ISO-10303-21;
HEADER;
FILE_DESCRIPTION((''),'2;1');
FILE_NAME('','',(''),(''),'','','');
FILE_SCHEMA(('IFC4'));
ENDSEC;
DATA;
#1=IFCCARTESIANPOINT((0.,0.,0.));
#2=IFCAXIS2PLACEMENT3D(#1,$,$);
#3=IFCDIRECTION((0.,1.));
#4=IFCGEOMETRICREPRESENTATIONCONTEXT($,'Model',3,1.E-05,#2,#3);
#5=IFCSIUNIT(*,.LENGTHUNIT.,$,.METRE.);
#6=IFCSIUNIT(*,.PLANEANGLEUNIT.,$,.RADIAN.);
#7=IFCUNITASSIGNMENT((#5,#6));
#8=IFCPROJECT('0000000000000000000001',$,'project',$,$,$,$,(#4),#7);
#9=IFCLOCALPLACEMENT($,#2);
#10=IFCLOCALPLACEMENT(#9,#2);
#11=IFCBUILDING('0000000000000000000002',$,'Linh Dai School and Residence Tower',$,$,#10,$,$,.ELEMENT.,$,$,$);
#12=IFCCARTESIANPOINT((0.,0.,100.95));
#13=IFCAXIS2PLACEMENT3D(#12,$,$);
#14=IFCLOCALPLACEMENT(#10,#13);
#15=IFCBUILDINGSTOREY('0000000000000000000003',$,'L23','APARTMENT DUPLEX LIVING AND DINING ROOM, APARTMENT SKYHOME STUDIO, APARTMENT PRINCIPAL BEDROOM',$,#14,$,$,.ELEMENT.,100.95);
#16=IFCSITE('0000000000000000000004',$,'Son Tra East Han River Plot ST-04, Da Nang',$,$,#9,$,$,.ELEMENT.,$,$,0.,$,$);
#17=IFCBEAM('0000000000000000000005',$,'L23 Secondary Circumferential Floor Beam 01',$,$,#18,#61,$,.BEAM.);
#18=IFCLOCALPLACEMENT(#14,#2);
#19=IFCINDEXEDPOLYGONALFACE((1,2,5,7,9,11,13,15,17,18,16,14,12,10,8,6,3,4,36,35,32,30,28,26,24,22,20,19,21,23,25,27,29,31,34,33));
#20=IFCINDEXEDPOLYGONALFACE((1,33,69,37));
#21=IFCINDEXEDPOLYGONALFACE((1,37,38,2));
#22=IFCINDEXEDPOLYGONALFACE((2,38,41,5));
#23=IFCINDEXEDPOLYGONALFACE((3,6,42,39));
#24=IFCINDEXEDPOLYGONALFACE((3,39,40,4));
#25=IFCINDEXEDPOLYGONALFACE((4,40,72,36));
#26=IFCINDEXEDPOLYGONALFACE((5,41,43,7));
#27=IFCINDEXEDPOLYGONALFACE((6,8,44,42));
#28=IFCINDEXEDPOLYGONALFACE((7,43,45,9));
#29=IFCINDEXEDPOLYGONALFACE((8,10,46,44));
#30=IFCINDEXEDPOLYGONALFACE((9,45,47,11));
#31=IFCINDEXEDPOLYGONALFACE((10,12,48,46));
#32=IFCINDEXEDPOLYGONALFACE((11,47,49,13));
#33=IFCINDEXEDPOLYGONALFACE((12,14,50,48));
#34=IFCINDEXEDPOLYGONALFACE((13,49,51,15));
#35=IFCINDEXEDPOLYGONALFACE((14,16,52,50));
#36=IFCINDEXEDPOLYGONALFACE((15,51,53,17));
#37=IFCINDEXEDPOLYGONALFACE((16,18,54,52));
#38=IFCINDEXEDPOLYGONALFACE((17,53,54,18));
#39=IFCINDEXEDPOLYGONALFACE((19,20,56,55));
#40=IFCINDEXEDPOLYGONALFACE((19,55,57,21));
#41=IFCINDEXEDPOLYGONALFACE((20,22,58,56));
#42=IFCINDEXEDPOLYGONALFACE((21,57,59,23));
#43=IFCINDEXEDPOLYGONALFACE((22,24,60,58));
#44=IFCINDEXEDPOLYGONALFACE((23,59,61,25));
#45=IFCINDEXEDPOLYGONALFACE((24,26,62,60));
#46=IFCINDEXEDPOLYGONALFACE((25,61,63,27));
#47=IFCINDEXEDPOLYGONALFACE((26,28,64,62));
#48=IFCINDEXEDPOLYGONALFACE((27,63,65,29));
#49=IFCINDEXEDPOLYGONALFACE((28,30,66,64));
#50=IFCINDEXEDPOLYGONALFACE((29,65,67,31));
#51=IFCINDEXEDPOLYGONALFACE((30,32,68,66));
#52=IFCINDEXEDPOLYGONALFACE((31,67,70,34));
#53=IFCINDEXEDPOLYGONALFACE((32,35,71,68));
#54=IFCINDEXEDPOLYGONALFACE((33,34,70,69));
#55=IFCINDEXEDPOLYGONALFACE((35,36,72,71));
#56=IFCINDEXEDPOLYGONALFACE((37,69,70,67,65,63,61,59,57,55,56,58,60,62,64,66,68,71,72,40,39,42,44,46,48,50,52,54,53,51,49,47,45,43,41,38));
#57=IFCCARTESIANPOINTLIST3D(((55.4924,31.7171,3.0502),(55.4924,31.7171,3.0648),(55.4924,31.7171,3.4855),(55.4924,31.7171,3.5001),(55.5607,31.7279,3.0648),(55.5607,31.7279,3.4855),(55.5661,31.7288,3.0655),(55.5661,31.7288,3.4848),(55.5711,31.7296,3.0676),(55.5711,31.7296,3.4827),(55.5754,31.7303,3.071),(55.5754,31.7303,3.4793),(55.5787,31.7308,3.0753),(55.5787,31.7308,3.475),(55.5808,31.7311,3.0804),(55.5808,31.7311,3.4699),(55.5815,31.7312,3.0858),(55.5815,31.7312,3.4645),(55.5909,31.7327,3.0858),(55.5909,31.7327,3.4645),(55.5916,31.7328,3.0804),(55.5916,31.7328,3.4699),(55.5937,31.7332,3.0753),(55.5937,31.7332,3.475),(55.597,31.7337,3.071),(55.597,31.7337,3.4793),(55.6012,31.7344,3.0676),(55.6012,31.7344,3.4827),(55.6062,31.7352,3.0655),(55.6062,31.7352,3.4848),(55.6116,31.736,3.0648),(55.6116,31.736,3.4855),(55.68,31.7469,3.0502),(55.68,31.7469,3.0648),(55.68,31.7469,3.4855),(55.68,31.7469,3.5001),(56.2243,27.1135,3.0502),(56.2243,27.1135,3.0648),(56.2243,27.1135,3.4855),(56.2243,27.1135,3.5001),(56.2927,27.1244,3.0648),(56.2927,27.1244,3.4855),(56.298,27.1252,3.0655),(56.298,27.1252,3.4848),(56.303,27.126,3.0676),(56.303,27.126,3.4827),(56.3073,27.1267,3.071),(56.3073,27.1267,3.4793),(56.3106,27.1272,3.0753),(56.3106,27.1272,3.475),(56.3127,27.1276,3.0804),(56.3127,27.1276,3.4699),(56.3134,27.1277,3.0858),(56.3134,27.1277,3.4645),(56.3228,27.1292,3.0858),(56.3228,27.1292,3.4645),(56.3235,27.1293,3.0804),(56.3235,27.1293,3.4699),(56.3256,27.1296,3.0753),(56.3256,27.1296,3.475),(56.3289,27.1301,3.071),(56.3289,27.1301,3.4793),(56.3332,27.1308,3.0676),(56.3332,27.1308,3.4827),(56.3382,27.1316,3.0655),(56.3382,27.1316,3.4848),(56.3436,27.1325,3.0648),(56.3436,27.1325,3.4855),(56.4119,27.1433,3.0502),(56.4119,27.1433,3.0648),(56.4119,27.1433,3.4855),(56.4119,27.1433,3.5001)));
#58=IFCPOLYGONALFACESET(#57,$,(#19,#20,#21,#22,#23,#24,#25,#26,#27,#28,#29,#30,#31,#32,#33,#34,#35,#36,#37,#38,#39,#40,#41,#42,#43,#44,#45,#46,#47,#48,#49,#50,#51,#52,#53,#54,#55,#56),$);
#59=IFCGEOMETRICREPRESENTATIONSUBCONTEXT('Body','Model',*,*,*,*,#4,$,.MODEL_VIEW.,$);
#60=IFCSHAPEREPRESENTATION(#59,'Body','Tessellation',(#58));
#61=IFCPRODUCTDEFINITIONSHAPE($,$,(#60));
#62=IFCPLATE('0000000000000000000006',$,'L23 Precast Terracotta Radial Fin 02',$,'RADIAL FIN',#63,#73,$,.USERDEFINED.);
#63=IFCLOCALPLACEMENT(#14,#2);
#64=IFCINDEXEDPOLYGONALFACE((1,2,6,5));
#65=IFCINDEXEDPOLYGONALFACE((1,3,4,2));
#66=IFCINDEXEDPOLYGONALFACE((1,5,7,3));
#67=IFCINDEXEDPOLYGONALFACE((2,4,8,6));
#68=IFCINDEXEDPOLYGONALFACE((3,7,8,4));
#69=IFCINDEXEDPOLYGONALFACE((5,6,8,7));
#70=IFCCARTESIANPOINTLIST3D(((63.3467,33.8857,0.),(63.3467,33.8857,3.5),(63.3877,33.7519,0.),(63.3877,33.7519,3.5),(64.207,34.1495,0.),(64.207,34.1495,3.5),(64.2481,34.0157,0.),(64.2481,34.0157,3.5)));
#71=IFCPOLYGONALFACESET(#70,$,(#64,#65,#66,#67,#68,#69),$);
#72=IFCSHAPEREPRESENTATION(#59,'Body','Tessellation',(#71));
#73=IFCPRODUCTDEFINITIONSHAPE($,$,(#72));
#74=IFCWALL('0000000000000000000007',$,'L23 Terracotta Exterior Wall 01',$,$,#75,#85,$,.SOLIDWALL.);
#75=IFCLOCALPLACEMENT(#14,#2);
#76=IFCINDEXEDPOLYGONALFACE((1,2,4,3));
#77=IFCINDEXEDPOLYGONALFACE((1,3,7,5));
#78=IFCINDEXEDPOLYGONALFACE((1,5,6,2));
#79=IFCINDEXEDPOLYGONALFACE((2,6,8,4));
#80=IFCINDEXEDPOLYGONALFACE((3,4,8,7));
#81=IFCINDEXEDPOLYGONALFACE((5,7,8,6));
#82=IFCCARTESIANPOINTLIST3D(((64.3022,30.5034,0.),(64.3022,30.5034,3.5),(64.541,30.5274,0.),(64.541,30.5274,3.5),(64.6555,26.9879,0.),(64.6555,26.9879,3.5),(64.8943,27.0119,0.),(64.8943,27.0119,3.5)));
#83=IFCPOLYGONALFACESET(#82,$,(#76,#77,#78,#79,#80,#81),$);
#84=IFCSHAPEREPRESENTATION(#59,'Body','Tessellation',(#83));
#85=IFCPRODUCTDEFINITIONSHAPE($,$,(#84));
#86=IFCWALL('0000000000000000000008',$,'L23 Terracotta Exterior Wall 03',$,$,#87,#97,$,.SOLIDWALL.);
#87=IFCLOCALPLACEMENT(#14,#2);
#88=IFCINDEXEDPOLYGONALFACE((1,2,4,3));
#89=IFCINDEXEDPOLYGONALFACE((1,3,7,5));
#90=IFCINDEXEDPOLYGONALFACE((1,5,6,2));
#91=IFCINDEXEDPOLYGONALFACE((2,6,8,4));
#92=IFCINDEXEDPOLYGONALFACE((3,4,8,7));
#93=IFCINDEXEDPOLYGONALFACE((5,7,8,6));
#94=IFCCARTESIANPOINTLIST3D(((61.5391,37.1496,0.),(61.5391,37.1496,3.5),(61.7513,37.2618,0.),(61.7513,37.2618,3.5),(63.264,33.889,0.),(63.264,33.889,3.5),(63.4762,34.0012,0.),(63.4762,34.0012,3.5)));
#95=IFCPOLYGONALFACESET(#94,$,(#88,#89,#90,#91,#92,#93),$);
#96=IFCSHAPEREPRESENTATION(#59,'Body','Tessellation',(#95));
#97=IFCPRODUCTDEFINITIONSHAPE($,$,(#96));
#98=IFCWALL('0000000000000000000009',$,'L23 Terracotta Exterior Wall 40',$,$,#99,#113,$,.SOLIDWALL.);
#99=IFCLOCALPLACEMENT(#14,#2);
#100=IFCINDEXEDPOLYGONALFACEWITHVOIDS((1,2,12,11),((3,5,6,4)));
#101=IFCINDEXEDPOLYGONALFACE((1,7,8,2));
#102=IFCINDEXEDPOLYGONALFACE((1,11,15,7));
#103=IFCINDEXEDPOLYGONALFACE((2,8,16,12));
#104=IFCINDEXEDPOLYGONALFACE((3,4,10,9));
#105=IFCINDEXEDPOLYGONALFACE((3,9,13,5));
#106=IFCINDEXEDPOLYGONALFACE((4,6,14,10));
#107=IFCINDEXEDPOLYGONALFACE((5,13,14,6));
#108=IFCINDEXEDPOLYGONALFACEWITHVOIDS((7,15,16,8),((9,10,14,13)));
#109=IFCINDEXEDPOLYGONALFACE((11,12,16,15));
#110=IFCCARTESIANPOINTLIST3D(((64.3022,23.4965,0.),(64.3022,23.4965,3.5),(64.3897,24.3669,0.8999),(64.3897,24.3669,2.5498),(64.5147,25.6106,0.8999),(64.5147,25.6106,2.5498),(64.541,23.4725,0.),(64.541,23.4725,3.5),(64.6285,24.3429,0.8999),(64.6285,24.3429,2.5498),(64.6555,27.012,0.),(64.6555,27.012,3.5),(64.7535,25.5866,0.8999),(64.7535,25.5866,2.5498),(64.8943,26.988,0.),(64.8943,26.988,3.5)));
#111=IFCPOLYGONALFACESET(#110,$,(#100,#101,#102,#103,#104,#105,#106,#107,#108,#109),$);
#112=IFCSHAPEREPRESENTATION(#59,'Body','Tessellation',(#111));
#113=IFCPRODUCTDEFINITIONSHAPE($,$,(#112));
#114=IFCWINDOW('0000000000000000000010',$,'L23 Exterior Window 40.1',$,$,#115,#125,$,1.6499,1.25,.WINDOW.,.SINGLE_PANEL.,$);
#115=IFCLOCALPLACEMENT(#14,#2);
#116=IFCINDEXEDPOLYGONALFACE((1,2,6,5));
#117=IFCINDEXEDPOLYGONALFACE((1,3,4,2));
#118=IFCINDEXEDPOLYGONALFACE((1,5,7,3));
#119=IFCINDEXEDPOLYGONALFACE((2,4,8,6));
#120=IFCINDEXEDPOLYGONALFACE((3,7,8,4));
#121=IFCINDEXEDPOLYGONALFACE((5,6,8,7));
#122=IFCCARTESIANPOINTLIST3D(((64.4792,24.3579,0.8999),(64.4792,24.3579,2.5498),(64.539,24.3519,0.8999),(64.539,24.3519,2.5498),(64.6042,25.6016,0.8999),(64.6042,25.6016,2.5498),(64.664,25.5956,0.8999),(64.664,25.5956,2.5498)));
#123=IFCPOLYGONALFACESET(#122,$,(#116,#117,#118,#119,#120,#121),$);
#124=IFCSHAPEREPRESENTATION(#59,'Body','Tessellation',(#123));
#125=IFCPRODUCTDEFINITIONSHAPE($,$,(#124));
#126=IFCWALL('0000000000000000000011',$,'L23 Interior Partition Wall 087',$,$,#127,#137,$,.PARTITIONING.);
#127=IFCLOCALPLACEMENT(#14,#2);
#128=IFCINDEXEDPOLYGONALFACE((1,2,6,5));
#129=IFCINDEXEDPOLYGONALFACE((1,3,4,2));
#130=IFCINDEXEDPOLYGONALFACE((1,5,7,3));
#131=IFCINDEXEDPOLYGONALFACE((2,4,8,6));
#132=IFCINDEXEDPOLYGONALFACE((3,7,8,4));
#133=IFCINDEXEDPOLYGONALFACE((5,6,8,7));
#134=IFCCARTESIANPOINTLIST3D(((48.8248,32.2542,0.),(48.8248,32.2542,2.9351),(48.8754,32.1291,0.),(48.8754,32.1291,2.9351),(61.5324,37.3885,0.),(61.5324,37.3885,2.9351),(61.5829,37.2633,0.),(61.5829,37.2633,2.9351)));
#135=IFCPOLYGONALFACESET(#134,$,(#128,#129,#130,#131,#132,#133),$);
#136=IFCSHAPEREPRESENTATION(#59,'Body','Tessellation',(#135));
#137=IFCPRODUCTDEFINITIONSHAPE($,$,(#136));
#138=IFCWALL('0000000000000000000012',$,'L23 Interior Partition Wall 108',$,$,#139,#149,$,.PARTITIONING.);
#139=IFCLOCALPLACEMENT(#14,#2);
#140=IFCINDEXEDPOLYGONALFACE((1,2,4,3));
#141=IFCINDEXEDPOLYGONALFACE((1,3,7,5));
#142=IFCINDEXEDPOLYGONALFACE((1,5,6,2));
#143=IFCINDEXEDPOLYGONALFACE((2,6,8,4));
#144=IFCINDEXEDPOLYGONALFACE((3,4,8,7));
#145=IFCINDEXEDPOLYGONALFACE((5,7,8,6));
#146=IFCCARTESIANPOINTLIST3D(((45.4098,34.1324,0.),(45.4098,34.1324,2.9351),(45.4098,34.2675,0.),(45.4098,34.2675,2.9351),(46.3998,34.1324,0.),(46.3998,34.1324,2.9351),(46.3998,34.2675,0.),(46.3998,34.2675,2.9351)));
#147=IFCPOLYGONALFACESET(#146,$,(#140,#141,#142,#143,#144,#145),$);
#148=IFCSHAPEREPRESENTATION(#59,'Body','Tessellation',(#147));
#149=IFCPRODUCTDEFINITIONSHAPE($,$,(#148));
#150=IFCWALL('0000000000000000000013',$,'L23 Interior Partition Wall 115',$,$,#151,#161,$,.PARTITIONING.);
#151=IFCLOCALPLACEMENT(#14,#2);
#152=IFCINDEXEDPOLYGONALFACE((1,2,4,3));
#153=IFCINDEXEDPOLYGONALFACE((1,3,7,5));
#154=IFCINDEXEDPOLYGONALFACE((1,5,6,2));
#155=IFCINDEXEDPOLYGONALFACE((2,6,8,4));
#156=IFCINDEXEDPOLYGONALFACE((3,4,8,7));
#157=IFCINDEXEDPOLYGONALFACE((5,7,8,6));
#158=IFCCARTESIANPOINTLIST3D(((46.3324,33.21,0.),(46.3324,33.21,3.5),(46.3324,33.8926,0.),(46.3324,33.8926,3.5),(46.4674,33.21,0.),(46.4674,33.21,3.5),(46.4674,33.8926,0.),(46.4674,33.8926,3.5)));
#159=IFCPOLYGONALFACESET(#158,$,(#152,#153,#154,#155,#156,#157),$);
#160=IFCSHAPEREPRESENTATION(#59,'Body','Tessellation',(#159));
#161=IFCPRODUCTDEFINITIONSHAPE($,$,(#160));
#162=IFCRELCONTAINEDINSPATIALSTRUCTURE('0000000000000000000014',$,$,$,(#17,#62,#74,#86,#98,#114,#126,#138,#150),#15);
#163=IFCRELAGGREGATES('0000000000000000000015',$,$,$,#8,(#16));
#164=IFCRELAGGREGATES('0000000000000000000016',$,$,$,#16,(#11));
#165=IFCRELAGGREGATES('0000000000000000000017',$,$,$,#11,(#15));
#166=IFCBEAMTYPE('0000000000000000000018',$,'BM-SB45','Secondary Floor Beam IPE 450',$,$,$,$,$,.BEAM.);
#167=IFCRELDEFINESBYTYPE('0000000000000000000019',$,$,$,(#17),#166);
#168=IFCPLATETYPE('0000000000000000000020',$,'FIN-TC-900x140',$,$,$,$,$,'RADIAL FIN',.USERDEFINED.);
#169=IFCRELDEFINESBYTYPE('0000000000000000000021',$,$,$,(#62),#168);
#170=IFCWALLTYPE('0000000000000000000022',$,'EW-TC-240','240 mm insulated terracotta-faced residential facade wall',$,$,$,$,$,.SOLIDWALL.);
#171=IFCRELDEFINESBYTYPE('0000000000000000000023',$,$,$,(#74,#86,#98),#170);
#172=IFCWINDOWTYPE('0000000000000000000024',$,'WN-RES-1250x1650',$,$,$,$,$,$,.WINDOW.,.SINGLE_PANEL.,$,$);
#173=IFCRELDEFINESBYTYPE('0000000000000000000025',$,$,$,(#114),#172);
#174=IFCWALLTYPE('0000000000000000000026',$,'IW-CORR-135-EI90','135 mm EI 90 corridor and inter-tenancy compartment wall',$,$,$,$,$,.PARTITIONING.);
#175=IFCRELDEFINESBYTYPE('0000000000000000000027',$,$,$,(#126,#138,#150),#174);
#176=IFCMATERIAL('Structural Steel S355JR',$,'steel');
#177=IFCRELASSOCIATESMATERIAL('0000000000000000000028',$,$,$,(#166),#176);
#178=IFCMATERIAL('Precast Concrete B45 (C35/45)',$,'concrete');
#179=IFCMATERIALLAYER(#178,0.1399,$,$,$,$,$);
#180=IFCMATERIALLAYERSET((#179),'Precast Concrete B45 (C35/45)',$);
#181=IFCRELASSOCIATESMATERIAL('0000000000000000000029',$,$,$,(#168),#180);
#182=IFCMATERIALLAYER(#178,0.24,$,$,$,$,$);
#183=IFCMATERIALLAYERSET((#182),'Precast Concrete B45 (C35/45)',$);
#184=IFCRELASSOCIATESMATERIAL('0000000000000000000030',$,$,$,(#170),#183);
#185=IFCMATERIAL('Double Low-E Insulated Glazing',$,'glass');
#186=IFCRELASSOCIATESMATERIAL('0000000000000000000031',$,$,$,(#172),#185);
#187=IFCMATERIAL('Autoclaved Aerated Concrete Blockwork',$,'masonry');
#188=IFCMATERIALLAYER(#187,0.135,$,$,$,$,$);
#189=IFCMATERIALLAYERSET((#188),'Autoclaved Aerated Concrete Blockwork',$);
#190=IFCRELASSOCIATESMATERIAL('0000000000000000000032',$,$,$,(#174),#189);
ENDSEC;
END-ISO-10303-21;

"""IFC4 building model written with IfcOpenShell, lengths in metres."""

from ifc_helpers import new_model, si_unit, direction, frame, frame_2d, origin, origin_2d, place, context, subcontext, project, spatial, rectangle, i_section, extrude, source, transform, mapped, material, layer, layer_set, material_profile, profile_set, type_object, element, fill, save


model = new_model("IFC4")

# Units and contexts
model_context = context("Model", 3, precision=1e-05, world=origin(), true_north=direction((0.0, 1.0)))
body_context = subcontext(model_context, "Body", "Model", "MODEL_VIEW")
ifc_project = project(units=[si_unit("LENGTHUNIT", "METRE"), si_unit("PLANEANGLEUNIT", "RADIAN")], contexts=[model_context])

# Site, building, storey
site_placement = place(None, origin())
site = spatial("IfcSite", under=ifc_project, at=site_placement, Name="Son Tra East Han River Plot ST-04, Da Nang", CompositionType="ELEMENT", RefElevation=0.0)
building_placement = place(site_placement, origin())
building = spatial("IfcBuilding", under=site, at=building_placement, Name="Linh Dai School and Residence Tower", CompositionType="ELEMENT")
storey_placement = place(building_placement, frame((0.0, 0.0, 100.95)))
storey = spatial("IfcBuildingStorey", under=building, at=storey_placement, Name="L23", Description="APARTMENT DUPLEX LIVING AND DINING ROOM, APARTMENT SKYHOME STUDIO, APARTMENT PRINCIPAL BEDROOM", CompositionType="ELEMENT", Elevation=100.95)

# Shared definitions
ifc_material_1 = material(Name="Structural Steel S355JR", Category="steel")

# Beam
ifc_material_profile_1 = material_profile(ifc_material_1, i_section(OverallWidth=0.1899, OverallDepth=0.45, WebThickness=0.0095, FlangeThickness=0.0146, FilletRadius=0.021, at=origin_2d()), Name="IPE 450")
ifc_profile_set_1 = profile_set([ifc_material_profile_1], Name="Structural Steel S355JR")
beam_type_1 = type_object("IfcBeamType", Name="BM-SB45", Description="Secondary Floor Beam IPE 450", PredefinedType="BEAM", material=ifc_profile_set_1)
beam_1_placement = place(storey_placement, frame((56.3181, 27.1284, 3.2751), z_axis=(-0.157022, 0.987595, 0.0), x_axis=(-0.987595, -0.157022, 0.0)))
element("IfcBeam", 1, at=beam_1_placement, inside=storey, type_object=beam_type_1, Name="L23 Secondary Circumferential Floor Beam 01", PredefinedType="BEAM", context=body_context, shape_type="SweptSolid", body=[
    extrude(i_section(OverallWidth=0.1899, OverallDepth=0.45, WebThickness=0.0095, FlangeThickness=0.0146, FilletRadius=0.021, at=origin_2d()), origin(), (0.0, 0.0, 1.0), 4.6614),
])

# Plate
ifc_material_2 = material(Name="Precast Concrete B45 (C35/45)", Category="concrete")
ifc_layer_1 = layer(ifc_material_2, 0.1399)
ifc_layer_set_1 = layer_set([ifc_layer_1], Name="Precast Concrete B45 (C35/45)")
plate_type = type_object("IfcPlateType", Name="FIN-TC-900x140", ElementType="RADIAL FIN", PredefinedType="USERDEFINED", material=ifc_layer_set_1)
shared_shape_1 = source(origin(), body_context, "Body", "SweptSolid", [
    extrude(rectangle(XDim=0.8999, YDim=0.1399, at=origin_2d()), origin(), (0.0, 0.0, 1.0), 3.5),
])
plate_placement = place(storey_placement, frame((63.7974, 33.9507, 0.0), z_axis=(0.0, 0.0, 1.0), x_axis=(0.956072, 0.293134, 0.0)))
element("IfcPlate", 2, at=plate_placement, inside=storey, type_object=plate_type, Name="L23 Precast Terracotta Radial Fin 02", ObjectType="RADIAL FIN", PredefinedType="USERDEFINED", context=body_context, shape_type="MappedRepresentation", body=[
    mapped(shared_shape_1, transform((0.0, 0.0, 0.0), x_axis=(1.0, 0.0, 0.0), y_axis=(0.0, 1.0, 0.0), z_axis=(0.0, 0.0, 1.0), scale=1.0)),
])

# Wall
ifc_layer_2 = layer(ifc_material_2, 0.24)
ifc_layer_set_2 = layer_set([ifc_layer_2], Name="Precast Concrete B45 (C35/45)")
wall_type_1 = type_object("IfcWallType", Name="EW-TC-240", Description="240 mm insulated terracotta-faced residential facade wall", PredefinedType="SOLIDWALL", material=ifc_layer_set_2)
wall_1_placement = place(storey_placement, frame((64.4216, 30.5154, 0.0), z_axis=(0.0, 0.0, 1.0), x_axis=(0.099989, -0.994988, 0.0)))
element("IfcWall", 3, at=wall_1_placement, inside=storey, type_object=wall_type_1, Name="L23 Terracotta Exterior Wall 01", PredefinedType="SOLIDWALL", context=body_context, shape_type="SweptSolid", body=[
    extrude(rectangle(XDim=3.5332, YDim=0.24, at=frame_2d((1.7666, 0.0))), origin(), (0.0, 0.0, 1.0), 3.5),
])

# Wall
wall_2_placement = place(storey_placement, frame((61.6453, 37.2056, 0.0), z_axis=(0.0, 0.0, 1.0), x_axis=(0.467614, -0.883933, 0.0)))
element("IfcWall", 4, at=wall_2_placement, inside=storey, type_object=wall_type_1, Name="L23 Terracotta Exterior Wall 03", PredefinedType="SOLIDWALL", context=body_context, shape_type="SweptSolid", body=[
    extrude(rectangle(XDim=3.6887, YDim=0.24, at=frame_2d((1.8442, 0.0))), origin(), (0.0, 0.0, 1.0), 3.5),
])

# Wall, opening, window
wall_3_placement = place(storey_placement, frame((64.7749, 27.0, 0.0), z_axis=(0.0, 0.0, 1.0), x_axis=(-0.099989, -0.994988, 0.0)))
wall_3 = element("IfcWall", 5, at=wall_3_placement, inside=storey, type_object=wall_type_1, Name="L23 Terracotta Exterior Wall 40", PredefinedType="SOLIDWALL", context=body_context, shape_type="SweptSolid", body=[
    extrude(rectangle(XDim=3.5332, YDim=0.24, at=frame_2d((1.7666, 0.0))), origin(), (0.0, 0.0, 1.0), 3.5),
])
opening_1_placement = place(wall_3_placement, frame((1.4084, 0.0, 0.8999)))
opening_1 = element("IfcOpeningElement", 6, at=opening_1_placement, cuts=wall_3, PredefinedType="OPENING", context=body_context, shape_type="SweptSolid", body=[
    extrude(rectangle(XDim=1.25, YDim=1.6499, at=origin_2d()), frame((0.625, 0.1299, 0.825), z_axis=(0.0, -1.0, 0.0), x_axis=(1.0, 0.0, 0.0)), (0.0, 0.0, 1.0), 0.26),
])
ifc_material_3 = material(Name="Double Low-E Insulated Glazing", Category="glass")
window_type = type_object("IfcWindowType", Name="WN-RES-1250x1650", PartitioningType="SINGLE_PANEL", PredefinedType="WINDOW", material=ifc_material_3)
shared_shape_2 = source(origin(), body_context, "Body", "SweptSolid", [
    extrude(rectangle(XDim=1.25, YDim=1.6499, at=origin_2d()), frame((0.625, 0.03, 0.825), z_axis=(0.0, -1.0, 0.0), x_axis=(1.0, 0.0, 0.0)), (0.0, 0.0, 1.0), 0.0601),
])
window_placement = place(opening_1_placement, origin())
window = element("IfcWindow", 7, at=window_placement, inside=storey, type_object=window_type, Name="L23 Exterior Window 40.1", OverallHeight=1.6499, OverallWidth=1.25, PartitioningType="SINGLE_PANEL", PredefinedType="WINDOW", context=body_context, shape_type="MappedRepresentation", body=[
    mapped(shared_shape_2, transform((0.0, 0.0, 0.0), x_axis=(1.0, 0.0, 0.0), y_axis=(0.0, 1.0, 0.0), z_axis=(0.0, 0.0, 1.0), scale=1.0)),
])
fill(opening_1, window)

# Walls
ifc_material_4 = material(Name="Autoclaved Aerated Concrete Blockwork", Category="masonry")
ifc_layer_3 = layer(ifc_material_4, 0.135)
ifc_layer_set_3 = layer_set([ifc_layer_3], Name="Autoclaved Aerated Concrete Blockwork")
wall_type_2 = type_object("IfcWallType", Name="IW-CORR-135-EI90", Description="135 mm EI 90 corridor and inter-tenancy compartment wall", PredefinedType="PARTITIONING", material=ifc_layer_set_3)
wall_4_placement = place(storey_placement, frame((48.8501, 32.1917, 0.0), z_axis=(0.0, 0.0, 1.0), x_axis=(0.927181, 0.374613, 0.0)))
element("IfcWall", 8, at=wall_4_placement, inside=storey, type_object=wall_type_2, Name="L23 Interior Partition Wall 087", PredefinedType="PARTITIONING", context=body_context, shape_type="SweptSolid", body=[
    extrude(rectangle(XDim=13.7056, YDim=0.135, at=frame_2d((6.8528, 0.0))), origin(), (0.0, 0.0, 1.0), 2.9351),
])
wall_5_placement = place(storey_placement, frame((46.3999, 34.2, 0.0), z_axis=(0.0, 0.0, 1.0), x_axis=(-1.0, 0.0, 0.0)))
element("IfcWall", 9, at=wall_5_placement, inside=storey, type_object=wall_type_2, Name="L23 Interior Partition Wall 108", PredefinedType="PARTITIONING", context=body_context, shape_type="SweptSolid", body=[
    extrude(rectangle(XDim=0.99, YDim=0.135, at=frame_2d((0.4951, 0.0))), origin(), (0.0, 0.0, 1.0), 2.9351),
])
wall_6_placement = place(storey_placement, frame((46.3999, 33.21, 0.0), z_axis=(0.0, 0.0, 1.0), x_axis=(0.0, 1.0, 0.0)))
element("IfcWall", 10, at=wall_6_placement, inside=storey, type_object=wall_type_2, Name="L23 Interior Partition Wall 115", PredefinedType="PARTITIONING", context=body_context, shape_type="SweptSolid", body=[
    extrude(rectangle(XDim=0.6826, YDim=0.135, at=frame_2d((0.3413, 0.0))), origin(), (0.0, 0.0, 1.0), 3.5),
])

save(model, "model.ifc")
